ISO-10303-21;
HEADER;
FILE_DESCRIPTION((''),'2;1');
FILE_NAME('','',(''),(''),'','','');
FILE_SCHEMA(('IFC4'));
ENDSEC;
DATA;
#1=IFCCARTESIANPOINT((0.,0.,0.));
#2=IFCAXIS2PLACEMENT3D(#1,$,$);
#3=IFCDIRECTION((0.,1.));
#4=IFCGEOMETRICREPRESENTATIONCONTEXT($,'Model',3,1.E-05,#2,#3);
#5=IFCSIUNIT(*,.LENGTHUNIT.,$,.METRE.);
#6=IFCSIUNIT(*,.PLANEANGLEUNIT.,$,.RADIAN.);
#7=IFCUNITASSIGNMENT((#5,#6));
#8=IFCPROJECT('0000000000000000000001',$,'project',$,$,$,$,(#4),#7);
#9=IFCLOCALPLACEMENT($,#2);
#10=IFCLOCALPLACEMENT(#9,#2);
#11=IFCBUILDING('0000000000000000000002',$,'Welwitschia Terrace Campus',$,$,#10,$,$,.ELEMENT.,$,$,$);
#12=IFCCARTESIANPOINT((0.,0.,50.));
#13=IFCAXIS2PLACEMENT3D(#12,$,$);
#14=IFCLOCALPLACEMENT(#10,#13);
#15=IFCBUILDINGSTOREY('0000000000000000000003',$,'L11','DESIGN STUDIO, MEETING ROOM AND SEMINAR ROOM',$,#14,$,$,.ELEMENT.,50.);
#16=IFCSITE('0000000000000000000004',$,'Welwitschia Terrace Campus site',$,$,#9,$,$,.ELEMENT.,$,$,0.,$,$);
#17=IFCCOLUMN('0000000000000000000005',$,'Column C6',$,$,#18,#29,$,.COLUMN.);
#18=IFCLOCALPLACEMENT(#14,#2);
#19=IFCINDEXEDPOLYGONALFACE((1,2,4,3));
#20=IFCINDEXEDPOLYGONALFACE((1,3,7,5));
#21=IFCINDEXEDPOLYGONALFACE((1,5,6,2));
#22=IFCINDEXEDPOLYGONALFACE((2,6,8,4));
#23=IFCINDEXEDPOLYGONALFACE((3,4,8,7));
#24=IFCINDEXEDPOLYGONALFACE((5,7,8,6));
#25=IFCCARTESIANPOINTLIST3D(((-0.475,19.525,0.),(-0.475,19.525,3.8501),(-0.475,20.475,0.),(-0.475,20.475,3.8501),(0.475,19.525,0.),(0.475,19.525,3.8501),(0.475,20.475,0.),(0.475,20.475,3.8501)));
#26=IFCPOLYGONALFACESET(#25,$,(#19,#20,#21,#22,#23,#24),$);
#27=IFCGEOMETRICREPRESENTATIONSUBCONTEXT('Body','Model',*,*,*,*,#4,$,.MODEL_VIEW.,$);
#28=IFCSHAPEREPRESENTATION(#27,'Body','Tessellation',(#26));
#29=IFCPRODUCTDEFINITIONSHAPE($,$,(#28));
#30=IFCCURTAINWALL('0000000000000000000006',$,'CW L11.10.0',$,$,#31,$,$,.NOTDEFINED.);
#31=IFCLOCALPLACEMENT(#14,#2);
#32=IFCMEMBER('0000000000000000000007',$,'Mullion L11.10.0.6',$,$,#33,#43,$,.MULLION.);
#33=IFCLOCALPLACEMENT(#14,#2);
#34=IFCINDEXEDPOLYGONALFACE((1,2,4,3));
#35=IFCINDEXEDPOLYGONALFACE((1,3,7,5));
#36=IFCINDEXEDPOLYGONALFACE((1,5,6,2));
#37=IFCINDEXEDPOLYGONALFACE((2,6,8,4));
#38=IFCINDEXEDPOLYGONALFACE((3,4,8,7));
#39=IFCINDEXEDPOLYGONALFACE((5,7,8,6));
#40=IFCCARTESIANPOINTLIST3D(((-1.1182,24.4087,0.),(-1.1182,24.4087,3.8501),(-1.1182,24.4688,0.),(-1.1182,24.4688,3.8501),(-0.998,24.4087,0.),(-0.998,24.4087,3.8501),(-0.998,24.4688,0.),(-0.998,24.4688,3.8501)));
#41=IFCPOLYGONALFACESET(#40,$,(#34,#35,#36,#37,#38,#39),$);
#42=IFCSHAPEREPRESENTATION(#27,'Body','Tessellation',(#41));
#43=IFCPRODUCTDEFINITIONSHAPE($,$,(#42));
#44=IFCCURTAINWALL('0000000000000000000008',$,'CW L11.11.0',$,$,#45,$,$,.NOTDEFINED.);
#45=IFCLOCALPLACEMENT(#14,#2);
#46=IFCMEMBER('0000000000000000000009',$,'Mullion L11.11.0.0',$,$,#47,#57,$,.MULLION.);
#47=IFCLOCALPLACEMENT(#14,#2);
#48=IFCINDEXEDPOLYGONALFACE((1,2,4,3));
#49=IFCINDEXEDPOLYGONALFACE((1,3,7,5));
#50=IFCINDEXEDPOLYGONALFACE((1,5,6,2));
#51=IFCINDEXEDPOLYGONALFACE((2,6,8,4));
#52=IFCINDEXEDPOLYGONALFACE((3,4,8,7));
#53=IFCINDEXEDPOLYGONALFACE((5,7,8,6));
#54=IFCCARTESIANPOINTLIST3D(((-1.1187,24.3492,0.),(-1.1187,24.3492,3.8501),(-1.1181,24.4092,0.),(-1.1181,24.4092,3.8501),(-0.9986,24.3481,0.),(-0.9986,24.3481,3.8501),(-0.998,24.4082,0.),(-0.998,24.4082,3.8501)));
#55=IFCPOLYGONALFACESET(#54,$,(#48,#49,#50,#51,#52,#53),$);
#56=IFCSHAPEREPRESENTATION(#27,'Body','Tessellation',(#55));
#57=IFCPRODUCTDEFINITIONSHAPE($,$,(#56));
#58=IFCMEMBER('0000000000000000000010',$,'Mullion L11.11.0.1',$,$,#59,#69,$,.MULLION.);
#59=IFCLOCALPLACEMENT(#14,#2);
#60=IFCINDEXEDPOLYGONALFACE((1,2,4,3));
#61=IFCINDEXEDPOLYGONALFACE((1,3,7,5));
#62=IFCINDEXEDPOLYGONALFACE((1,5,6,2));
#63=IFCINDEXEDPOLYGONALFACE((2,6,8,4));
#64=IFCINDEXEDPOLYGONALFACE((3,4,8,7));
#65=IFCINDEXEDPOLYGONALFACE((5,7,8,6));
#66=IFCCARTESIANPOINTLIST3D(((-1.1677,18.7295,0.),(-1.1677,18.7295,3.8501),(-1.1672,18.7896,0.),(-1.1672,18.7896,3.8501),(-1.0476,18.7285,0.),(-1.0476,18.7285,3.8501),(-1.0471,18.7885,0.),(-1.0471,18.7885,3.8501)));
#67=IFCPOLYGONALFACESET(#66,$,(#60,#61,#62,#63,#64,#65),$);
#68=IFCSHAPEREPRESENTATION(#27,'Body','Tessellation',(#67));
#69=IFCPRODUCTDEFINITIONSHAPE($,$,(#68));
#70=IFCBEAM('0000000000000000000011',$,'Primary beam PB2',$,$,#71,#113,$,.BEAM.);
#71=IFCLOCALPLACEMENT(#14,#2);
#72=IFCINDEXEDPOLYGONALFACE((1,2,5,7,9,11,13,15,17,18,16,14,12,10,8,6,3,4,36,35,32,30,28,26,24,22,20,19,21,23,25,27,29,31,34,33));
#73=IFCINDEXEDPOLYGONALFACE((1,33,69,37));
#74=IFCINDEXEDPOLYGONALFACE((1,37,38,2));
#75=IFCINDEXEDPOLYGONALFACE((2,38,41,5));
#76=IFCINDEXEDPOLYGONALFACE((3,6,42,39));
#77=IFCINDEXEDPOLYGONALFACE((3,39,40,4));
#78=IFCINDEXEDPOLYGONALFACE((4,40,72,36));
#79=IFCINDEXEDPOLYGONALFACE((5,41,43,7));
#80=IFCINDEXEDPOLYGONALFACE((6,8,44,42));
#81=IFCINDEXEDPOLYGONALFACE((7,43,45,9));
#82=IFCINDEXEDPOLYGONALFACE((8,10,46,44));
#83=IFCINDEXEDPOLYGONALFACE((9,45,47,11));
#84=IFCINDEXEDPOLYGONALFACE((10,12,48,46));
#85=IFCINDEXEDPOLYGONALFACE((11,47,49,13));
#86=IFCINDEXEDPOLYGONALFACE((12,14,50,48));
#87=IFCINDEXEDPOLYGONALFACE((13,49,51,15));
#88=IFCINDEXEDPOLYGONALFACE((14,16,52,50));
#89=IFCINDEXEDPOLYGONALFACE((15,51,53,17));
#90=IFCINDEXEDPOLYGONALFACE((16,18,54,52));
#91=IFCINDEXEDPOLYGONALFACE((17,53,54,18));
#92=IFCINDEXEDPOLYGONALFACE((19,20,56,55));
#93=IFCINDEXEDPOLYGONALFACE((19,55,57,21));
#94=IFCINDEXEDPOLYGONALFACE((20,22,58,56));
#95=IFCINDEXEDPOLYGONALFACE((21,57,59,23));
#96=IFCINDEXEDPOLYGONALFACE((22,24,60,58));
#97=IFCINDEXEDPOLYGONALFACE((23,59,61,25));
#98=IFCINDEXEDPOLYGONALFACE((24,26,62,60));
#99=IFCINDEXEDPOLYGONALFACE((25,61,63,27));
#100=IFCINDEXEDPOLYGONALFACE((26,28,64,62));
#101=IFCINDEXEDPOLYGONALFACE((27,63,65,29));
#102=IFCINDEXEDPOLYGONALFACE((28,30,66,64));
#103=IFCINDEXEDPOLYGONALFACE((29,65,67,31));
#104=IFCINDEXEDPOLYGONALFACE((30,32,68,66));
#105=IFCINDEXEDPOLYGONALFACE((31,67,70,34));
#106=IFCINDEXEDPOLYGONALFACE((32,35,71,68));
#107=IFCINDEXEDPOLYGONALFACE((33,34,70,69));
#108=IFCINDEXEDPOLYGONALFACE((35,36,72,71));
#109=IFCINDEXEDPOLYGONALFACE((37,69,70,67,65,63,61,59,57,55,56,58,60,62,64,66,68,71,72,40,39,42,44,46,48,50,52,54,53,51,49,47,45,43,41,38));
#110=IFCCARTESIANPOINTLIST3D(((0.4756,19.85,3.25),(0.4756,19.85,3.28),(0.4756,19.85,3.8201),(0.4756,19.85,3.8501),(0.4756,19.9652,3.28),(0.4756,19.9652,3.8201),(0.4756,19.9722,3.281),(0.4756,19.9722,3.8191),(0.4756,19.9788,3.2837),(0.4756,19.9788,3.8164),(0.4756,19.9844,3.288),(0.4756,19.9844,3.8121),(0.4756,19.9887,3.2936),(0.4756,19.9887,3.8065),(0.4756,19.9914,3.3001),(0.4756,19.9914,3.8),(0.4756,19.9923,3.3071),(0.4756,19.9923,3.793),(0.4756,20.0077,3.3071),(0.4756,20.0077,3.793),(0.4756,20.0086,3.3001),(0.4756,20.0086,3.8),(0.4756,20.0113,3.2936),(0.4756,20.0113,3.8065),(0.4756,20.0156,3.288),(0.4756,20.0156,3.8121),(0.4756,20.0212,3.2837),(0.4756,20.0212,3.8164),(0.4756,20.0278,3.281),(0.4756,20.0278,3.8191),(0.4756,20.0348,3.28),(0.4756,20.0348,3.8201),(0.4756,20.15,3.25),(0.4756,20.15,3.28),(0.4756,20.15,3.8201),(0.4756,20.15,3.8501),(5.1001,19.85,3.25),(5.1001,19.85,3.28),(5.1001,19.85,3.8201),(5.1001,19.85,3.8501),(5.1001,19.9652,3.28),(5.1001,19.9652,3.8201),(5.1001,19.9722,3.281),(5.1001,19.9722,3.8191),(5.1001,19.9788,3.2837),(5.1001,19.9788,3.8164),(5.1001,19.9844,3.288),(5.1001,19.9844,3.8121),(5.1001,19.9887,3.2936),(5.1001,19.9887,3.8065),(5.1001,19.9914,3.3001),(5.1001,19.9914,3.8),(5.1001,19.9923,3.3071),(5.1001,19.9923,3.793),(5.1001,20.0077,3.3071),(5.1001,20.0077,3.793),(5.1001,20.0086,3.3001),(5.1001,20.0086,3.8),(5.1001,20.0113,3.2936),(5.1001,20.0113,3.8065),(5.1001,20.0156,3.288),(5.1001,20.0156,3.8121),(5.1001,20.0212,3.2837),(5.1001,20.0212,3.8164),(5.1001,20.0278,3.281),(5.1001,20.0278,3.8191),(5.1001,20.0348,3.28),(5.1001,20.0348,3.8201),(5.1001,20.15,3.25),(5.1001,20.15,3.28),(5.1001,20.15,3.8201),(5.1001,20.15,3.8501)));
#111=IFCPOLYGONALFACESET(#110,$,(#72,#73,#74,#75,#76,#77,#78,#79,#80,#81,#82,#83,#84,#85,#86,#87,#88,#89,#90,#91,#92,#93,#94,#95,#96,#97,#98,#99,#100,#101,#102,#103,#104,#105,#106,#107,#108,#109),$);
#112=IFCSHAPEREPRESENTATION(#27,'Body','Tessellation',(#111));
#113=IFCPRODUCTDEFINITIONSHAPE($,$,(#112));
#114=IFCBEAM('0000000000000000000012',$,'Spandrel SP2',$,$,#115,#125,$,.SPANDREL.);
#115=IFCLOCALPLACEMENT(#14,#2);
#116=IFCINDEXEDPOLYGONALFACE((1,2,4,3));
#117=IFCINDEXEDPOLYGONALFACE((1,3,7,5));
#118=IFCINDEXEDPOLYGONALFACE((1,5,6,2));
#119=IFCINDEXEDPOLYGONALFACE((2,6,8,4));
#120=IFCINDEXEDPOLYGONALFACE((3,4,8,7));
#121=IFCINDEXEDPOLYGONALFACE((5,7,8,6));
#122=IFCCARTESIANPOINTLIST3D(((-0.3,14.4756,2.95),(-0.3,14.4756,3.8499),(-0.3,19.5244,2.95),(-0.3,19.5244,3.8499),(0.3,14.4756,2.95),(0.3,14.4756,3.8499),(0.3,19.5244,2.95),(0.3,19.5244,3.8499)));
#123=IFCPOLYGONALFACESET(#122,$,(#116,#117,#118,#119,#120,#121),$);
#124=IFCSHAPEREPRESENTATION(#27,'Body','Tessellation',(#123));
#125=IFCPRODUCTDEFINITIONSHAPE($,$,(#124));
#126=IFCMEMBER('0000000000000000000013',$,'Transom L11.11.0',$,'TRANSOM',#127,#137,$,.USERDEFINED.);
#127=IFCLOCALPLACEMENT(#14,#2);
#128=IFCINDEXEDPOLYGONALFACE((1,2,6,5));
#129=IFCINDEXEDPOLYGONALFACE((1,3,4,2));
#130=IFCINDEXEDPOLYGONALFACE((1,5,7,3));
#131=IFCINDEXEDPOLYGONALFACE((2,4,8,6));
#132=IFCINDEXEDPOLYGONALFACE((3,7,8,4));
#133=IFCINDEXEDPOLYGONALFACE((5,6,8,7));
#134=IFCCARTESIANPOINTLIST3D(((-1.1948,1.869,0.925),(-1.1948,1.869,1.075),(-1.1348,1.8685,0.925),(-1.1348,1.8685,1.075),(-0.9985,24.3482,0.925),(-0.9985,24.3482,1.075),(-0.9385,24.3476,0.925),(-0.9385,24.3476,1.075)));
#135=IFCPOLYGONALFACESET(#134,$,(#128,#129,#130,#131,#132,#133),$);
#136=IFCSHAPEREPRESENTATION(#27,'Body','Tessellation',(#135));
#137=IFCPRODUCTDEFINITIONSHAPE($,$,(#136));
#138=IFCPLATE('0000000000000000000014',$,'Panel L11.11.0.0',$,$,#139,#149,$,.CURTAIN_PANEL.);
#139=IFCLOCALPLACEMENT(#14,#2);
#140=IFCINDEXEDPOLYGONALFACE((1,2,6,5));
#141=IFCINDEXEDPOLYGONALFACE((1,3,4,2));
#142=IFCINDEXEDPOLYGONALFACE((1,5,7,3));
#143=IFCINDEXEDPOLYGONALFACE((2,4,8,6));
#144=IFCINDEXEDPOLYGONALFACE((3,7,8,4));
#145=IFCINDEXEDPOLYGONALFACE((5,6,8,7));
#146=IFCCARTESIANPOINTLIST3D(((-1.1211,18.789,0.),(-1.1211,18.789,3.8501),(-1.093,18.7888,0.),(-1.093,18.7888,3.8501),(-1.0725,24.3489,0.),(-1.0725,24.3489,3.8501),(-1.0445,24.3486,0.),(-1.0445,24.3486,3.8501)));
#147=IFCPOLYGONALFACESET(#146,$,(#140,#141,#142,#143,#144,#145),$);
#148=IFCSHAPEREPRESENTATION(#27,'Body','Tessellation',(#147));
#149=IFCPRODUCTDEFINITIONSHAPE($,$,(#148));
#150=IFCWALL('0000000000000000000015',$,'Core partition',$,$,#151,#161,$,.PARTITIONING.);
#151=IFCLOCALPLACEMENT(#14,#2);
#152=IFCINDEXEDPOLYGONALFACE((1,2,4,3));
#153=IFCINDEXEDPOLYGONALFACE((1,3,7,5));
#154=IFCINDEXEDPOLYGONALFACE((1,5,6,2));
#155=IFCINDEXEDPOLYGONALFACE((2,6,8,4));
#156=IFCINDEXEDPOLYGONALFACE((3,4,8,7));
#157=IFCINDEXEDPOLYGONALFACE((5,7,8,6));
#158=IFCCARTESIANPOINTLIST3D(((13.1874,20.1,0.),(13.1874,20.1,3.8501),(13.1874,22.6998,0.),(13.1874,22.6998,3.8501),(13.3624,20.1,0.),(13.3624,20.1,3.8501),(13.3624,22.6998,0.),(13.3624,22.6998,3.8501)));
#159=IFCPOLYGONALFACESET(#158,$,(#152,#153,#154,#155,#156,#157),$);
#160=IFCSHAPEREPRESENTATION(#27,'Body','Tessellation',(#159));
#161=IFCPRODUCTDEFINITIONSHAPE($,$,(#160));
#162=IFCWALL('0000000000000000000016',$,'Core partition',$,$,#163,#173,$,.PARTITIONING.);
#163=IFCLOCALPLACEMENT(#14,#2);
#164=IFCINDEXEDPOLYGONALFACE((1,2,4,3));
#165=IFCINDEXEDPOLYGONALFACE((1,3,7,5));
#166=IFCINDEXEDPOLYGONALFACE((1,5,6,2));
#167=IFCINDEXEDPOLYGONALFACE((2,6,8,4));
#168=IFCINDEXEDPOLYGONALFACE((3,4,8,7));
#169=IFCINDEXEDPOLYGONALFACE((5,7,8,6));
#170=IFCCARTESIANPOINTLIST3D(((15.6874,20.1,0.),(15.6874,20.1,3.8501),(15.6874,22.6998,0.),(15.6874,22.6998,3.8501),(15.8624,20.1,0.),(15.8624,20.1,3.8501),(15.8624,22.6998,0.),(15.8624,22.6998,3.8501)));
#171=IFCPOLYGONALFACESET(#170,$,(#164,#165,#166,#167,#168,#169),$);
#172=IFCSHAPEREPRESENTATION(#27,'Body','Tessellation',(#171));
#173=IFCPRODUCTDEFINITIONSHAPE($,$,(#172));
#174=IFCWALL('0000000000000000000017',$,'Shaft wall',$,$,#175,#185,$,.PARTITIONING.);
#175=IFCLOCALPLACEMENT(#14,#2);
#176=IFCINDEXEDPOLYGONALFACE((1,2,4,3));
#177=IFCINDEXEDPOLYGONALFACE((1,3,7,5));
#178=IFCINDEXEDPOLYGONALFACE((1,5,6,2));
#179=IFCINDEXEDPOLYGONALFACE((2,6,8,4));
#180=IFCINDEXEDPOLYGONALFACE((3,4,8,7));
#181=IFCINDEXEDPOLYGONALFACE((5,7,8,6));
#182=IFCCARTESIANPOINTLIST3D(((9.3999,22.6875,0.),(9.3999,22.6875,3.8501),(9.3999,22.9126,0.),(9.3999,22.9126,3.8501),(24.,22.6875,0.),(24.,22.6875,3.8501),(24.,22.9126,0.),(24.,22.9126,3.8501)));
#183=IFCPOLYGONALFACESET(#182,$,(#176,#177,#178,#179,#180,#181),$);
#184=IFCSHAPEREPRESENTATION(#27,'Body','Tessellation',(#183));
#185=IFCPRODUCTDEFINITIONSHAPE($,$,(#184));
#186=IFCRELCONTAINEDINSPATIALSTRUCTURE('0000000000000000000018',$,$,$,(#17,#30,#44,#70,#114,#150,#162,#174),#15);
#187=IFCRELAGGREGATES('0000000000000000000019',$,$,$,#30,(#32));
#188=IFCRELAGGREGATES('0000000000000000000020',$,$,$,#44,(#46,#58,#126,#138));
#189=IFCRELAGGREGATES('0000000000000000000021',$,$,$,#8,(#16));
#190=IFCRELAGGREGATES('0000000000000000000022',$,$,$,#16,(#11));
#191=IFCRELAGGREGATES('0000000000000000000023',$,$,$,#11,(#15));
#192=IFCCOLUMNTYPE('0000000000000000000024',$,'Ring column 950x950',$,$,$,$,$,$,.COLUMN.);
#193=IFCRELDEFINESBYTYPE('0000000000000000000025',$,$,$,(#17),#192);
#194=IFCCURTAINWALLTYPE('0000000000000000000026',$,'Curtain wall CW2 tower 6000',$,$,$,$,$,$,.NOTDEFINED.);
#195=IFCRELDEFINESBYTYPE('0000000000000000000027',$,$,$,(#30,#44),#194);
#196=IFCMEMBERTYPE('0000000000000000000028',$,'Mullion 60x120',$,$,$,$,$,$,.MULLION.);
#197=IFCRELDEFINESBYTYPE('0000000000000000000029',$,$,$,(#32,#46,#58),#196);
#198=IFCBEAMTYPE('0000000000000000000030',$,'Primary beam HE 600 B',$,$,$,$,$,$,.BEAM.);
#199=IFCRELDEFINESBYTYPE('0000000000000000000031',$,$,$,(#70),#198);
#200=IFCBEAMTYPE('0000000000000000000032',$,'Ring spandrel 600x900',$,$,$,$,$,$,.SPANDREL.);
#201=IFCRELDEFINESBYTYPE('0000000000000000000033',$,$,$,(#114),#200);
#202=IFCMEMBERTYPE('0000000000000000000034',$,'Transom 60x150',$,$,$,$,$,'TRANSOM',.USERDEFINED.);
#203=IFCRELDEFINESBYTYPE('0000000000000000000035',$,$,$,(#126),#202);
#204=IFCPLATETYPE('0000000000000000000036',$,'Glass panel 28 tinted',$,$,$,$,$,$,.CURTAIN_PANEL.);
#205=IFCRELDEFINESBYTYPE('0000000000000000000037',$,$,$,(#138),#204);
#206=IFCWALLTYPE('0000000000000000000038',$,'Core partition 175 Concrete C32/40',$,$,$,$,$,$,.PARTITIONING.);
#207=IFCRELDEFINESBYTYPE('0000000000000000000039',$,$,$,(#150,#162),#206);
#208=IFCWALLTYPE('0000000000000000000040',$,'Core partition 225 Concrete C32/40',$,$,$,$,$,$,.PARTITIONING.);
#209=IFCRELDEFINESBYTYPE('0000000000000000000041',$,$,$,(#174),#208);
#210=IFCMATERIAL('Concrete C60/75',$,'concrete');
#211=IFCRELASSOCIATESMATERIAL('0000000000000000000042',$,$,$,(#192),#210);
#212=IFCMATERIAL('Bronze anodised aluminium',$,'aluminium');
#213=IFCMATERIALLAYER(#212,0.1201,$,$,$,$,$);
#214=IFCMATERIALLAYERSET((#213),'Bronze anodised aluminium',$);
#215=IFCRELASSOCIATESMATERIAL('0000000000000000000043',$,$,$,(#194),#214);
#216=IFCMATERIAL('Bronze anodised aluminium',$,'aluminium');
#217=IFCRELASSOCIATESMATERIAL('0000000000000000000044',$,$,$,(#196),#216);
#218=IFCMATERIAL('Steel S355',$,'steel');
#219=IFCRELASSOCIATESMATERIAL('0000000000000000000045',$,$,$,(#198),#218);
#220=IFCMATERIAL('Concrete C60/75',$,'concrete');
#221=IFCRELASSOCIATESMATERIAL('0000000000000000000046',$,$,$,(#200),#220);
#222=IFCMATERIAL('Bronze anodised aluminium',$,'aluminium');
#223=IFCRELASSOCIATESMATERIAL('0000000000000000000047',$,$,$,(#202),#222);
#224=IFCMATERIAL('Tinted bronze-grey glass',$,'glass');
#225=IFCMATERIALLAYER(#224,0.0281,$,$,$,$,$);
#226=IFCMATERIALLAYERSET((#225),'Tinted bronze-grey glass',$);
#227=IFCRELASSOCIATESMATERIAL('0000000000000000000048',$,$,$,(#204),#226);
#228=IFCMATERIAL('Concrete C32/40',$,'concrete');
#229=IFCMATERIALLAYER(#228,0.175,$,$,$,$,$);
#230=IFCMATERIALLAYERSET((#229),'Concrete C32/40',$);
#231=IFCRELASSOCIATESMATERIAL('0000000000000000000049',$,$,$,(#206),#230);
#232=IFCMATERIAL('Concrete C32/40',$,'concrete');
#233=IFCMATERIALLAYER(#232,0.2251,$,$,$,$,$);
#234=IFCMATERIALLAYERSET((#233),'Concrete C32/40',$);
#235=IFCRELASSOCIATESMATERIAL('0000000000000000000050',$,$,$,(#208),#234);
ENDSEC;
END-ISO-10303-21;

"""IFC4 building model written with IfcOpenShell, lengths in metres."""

from ifc_helpers import new_model, si_unit, direction, frame, frame_2d, origin, origin_2d, place, context, subcontext, project, spatial, rectangle, i_section, extrude, material, layer, layer_set, material_profile, profile_set, type_object, element, aggregate, save


model = new_model("IFC4")

# Units and contexts
model_context = context("Model", 3, precision=1e-05, world=origin(), true_north=direction((0.0, 1.0)))
body_context = subcontext(model_context, "Body", "Model", "MODEL_VIEW")
ifc_project = project(units=[si_unit("LENGTHUNIT", "METRE"), si_unit("PLANEANGLEUNIT", "RADIAN")], contexts=[model_context])

# Site, building, storey
site_placement = place(None, origin())
site = spatial("IfcSite", under=ifc_project, at=site_placement, Name="Welwitschia Terrace Campus site", CompositionType="ELEMENT", RefElevation=0.0)
building_placement = place(site_placement, origin())
building = spatial("IfcBuilding", under=site, at=building_placement, Name="Welwitschia Terrace Campus", CompositionType="ELEMENT")
storey_placement = place(building_placement, frame((0.0, 0.0, 50.0)))
storey = spatial("IfcBuildingStorey", under=building, at=storey_placement, Name="L11", Description="DESIGN STUDIO, MEETING ROOM AND SEMINAR ROOM", CompositionType="ELEMENT", Elevation=50.0)

# Column
ifc_material_1 = material(Name="Concrete C60/75", Category="concrete")
ifc_material_profile_1 = material_profile(ifc_material_1, rectangle(XDim=0.95, YDim=0.95, at=origin_2d()))
ifc_profile_set_1 = profile_set([ifc_material_profile_1], Name="Concrete C60/75")
column_type = type_object("IfcColumnType", Name="Ring column 950x950", PredefinedType="COLUMN", material=ifc_profile_set_1)
column_placement = place(storey_placement, frame((0.0, 20.0, 0.0), z_axis=(0.0, 0.0, 1.0), x_axis=(1.0, 0.0, 0.0)))
element("IfcColumn", 1, at=column_placement, inside=storey, type_object=column_type, Name="Column C6", PredefinedType="COLUMN", context=body_context, shape_type="SweptSolid", body=[
    extrude(rectangle(XDim=0.95, YDim=0.95, at=origin_2d()), origin(), (0.0, 0.0, 1.0), 3.8501),
])

# Curtain wall, member
ifc_material_2 = material(Name="Bronze anodised aluminium", Category="aluminium")
ifc_layer_1 = layer(ifc_material_2, 0.1201)
ifc_layer_set_1 = layer_set([ifc_layer_1], Name="Bronze anodised aluminium")
curtain_wall_type = type_object("IfcCurtainWallType", Name="Curtain wall CW2 tower 6000", PredefinedType="NOTDEFINED", material=ifc_layer_set_1)
curtain_wall_1_placement = place(storey_placement, origin())
curtain_wall_1 = element("IfcCurtainWall", 2, at=curtain_wall_1_placement, inside=storey, type_object=curtain_wall_type, Name="CW L11.10.0", PredefinedType="NOTDEFINED")
ifc_material_3 = material(Name="Bronze anodised aluminium", Category="aluminium")
ifc_material_profile_2 = material_profile(ifc_material_3, rectangle(XDim=0.1201, YDim=0.0601, at=origin_2d()))
ifc_profile_set_2 = profile_set([ifc_material_profile_2], Name="Bronze anodised aluminium")
member_type_1 = type_object("IfcMemberType", Name="Mullion 60x120", PredefinedType="MULLION", material=ifc_profile_set_2)
member_1_placement = place(storey_placement, frame((-1.0581, 24.4387, 0.0), z_axis=(0.0, 0.0, 1.0), x_axis=(1.0, 0.0, 0.0)))
member_1 = element("IfcMember", 3, at=member_1_placement, type_object=member_type_1, Name="Mullion L11.10.0.6", PredefinedType="MULLION", context=body_context, shape_type="SweptSolid", body=[
    extrude(rectangle(XDim=0.1201, YDim=0.0601, at=origin_2d()), origin(), (0.0, 0.0, 1.0), 3.8501),
])
aggregate(curtain_wall_1, [member_1])

# Curtain wall, members
curtain_wall_2_placement = place(storey_placement, origin())
curtain_wall_2 = element("IfcCurtainWall", 4, at=curtain_wall_2_placement, inside=storey, type_object=curtain_wall_type, Name="CW L11.11.0", PredefinedType="NOTDEFINED")
member_2_placement = place(storey_placement, frame((-1.0583, 24.3787, 0.0), z_axis=(0.0, 0.0, 1.0), x_axis=(0.999962, -0.008727, 0.0)))
member_2 = element("IfcMember", 5, at=member_2_placement, type_object=member_type_1, Name="Mullion L11.11.0.0", PredefinedType="MULLION", context=body_context, shape_type="SweptSolid", body=[
    extrude(rectangle(XDim=0.1201, YDim=0.0601, at=origin_2d()), origin(), (0.0, 0.0, 1.0), 3.8501),
])
member_3_placement = place(storey_placement, frame((-1.1074, 18.759, 0.0), z_axis=(0.0, 0.0, 1.0), x_axis=(0.999962, -0.008727, 0.0)))
member_3 = element("IfcMember", 6, at=member_3_placement, type_object=member_type_1, Name="Mullion L11.11.0.1", PredefinedType="MULLION", context=body_context, shape_type="SweptSolid", body=[
    extrude(rectangle(XDim=0.1201, YDim=0.0601, at=origin_2d()), origin(), (0.0, 0.0, 1.0), 3.8501),
])

# Beams
ifc_material_4 = material(Name="Steel S355", Category="steel")
ifc_material_profile_3 = material_profile(ifc_material_4, i_section(OverallWidth=0.3, OverallDepth=0.6001, WebThickness=0.0154, FlangeThickness=0.03, FilletRadius=0.0271, at=origin_2d()))
ifc_profile_set_3 = profile_set([ifc_material_profile_3], Name="Steel S355")
beam_type_1 = type_object("IfcBeamType", Name="Primary beam HE 600 B", PredefinedType="BEAM", material=ifc_profile_set_3)
beam_1_placement = place(storey_placement, frame((0.4756, 20.0, 3.55), z_axis=(1.0, 0.0, 0.0), x_axis=(0.0, 1.0, 0.0)))
element("IfcBeam", 7, at=beam_1_placement, inside=storey, type_object=beam_type_1, Name="Primary beam PB2", PredefinedType="BEAM", context=body_context, shape_type="SweptSolid", body=[
    extrude(i_section(OverallWidth=0.3, OverallDepth=0.6001, WebThickness=0.0154, FlangeThickness=0.03, FilletRadius=0.0271, at=origin_2d()), origin(), (0.0, 0.0, 1.0), 4.6245),
])
ifc_material_5 = material(Name="Concrete C60/75", Category="concrete")
ifc_material_profile_4 = material_profile(ifc_material_5, rectangle(XDim=0.6001, YDim=0.8999, at=origin_2d()))
ifc_profile_set_4 = profile_set([ifc_material_profile_4], Name="Concrete C60/75")
beam_type_2 = type_object("IfcBeamType", Name="Ring spandrel 600x900", PredefinedType="SPANDREL", material=ifc_profile_set_4)
beam_2_placement = place(storey_placement, frame((0.0, 19.5244, 3.3999), z_axis=(0.0, -1.0, 0.0), x_axis=(1.0, 0.0, 0.0)))
element("IfcBeam", 8, at=beam_2_placement, inside=storey, type_object=beam_type_2, Name="Spandrel SP2", PredefinedType="SPANDREL", context=body_context, shape_type="SweptSolid", body=[
    extrude(rectangle(XDim=0.6001, YDim=0.8999, at=origin_2d()), origin(), (0.0, 0.0, 1.0), 5.0488),
])

# Member
ifc_material_6 = material(Name="Bronze anodised aluminium", Category="aluminium")
ifc_material_profile_5 = material_profile(ifc_material_6, rectangle(XDim=0.0601, YDim=0.1499, at=origin_2d()))
ifc_profile_set_5 = profile_set([ifc_material_profile_5], Name="Bronze anodised aluminium")
member_type_2 = type_object("IfcMemberType", Name="Transom 60x150", ElementType="TRANSOM", PredefinedType="USERDEFINED", material=ifc_profile_set_5)
member_4_placement = place(storey_placement, frame((-0.9685, 24.3479, 1.0), z_axis=(-0.008732, -0.999962, 0.0), x_axis=(0.999962, -0.008732, 0.0)))
member_4 = element("IfcMember", 9, at=member_4_placement, type_object=member_type_2, Name="Transom L11.11.0", ObjectType="TRANSOM", PredefinedType="USERDEFINED", context=body_context, shape_type="SweptSolid", body=[
    extrude(rectangle(XDim=0.0601, YDim=0.1499, at=origin_2d()), origin(), (0.0, 0.0, 1.0), 22.48),
])

# Plate
ifc_material_7 = material(Name="Tinted bronze-grey glass", Category="glass")
ifc_layer_2 = layer(ifc_material_7, 0.0281)
ifc_layer_set_2 = layer_set([ifc_layer_2], Name="Tinted bronze-grey glass")
plate_type = type_object("IfcPlateType", Name="Glass panel 28 tinted", PredefinedType="CURTAIN_PANEL", material=ifc_layer_set_2)
plate_placement = place(storey_placement, frame((-1.0828, 21.5688, 0.0), z_axis=(0.0, 0.0, 1.0), x_axis=(-0.008727, -0.999962, 0.0)))
plate = element("IfcPlate", 10, at=plate_placement, type_object=plate_type, Name="Panel L11.11.0.0", PredefinedType="CURTAIN_PANEL", context=body_context, shape_type="SweptSolid", body=[
    extrude(rectangle(XDim=5.5601, YDim=0.0281, at=origin_2d()), origin(), (0.0, 0.0, 1.0), 3.8501),
])
aggregate(curtain_wall_2, [member_2, member_3, member_4, plate])

# Walls
ifc_material_8 = material(Name="Concrete C32/40", Category="concrete")
ifc_layer_3 = layer(ifc_material_8, 0.175)
ifc_layer_set_3 = layer_set([ifc_layer_3], Name="Concrete C32/40")
wall_type_1 = type_object("IfcWallType", Name="Core partition 175 Concrete C32/40", PredefinedType="PARTITIONING", material=ifc_layer_set_3)
for number, where, z_axis, x_axis, name in (
    (11, (13.2749, 20.1001, 0.0), (0.0, 0.0, 1.0), (0.0, 1.0, 0.0), "Core partition"),
    (12, (15.7749, 20.1001, 0.0), (0.0, 0.0, 1.0), (0.0, 1.0, 0.0), "Core partition"),
):
    element("IfcWall", number, at=place(storey_placement, frame(where, z_axis=z_axis, x_axis=x_axis)), inside=storey, type_object=wall_type_1, Name=name, PredefinedType="PARTITIONING", context=body_context, shape_type="SweptSolid", body=[
        extrude(rectangle(XDim=2.5999, YDim=0.175, at=frame_2d((1.2998, 0.0))), origin(), (0.0, 0.0, 1.0), 3.8501),
    ])
ifc_material_9 = material(Name="Concrete C32/40", Category="concrete")
ifc_layer_4 = layer(ifc_material_9, 0.2251)
ifc_layer_set_4 = layer_set([ifc_layer_4], Name="Concrete C32/40")
wall_type_2 = type_object("IfcWallType", Name="Core partition 225 Concrete C32/40", PredefinedType="PARTITIONING", material=ifc_layer_set_4)
wall_1_placement = place(storey_placement, frame((9.3999, 22.8, 0.0), z_axis=(0.0, 0.0, 1.0), x_axis=(1.0, 0.0, 0.0)))
element("IfcWall", 13, at=wall_1_placement, inside=storey, type_object=wall_type_2, Name="Shaft wall", PredefinedType="PARTITIONING", context=body_context, shape_type="SweptSolid", body=[
    extrude(rectangle(XDim=14.6001, YDim=0.2251, at=frame_2d((7.3, 0.0))), origin(), (0.0, 0.0, 1.0), 3.8501),
])

save(model, "model.ifc")
